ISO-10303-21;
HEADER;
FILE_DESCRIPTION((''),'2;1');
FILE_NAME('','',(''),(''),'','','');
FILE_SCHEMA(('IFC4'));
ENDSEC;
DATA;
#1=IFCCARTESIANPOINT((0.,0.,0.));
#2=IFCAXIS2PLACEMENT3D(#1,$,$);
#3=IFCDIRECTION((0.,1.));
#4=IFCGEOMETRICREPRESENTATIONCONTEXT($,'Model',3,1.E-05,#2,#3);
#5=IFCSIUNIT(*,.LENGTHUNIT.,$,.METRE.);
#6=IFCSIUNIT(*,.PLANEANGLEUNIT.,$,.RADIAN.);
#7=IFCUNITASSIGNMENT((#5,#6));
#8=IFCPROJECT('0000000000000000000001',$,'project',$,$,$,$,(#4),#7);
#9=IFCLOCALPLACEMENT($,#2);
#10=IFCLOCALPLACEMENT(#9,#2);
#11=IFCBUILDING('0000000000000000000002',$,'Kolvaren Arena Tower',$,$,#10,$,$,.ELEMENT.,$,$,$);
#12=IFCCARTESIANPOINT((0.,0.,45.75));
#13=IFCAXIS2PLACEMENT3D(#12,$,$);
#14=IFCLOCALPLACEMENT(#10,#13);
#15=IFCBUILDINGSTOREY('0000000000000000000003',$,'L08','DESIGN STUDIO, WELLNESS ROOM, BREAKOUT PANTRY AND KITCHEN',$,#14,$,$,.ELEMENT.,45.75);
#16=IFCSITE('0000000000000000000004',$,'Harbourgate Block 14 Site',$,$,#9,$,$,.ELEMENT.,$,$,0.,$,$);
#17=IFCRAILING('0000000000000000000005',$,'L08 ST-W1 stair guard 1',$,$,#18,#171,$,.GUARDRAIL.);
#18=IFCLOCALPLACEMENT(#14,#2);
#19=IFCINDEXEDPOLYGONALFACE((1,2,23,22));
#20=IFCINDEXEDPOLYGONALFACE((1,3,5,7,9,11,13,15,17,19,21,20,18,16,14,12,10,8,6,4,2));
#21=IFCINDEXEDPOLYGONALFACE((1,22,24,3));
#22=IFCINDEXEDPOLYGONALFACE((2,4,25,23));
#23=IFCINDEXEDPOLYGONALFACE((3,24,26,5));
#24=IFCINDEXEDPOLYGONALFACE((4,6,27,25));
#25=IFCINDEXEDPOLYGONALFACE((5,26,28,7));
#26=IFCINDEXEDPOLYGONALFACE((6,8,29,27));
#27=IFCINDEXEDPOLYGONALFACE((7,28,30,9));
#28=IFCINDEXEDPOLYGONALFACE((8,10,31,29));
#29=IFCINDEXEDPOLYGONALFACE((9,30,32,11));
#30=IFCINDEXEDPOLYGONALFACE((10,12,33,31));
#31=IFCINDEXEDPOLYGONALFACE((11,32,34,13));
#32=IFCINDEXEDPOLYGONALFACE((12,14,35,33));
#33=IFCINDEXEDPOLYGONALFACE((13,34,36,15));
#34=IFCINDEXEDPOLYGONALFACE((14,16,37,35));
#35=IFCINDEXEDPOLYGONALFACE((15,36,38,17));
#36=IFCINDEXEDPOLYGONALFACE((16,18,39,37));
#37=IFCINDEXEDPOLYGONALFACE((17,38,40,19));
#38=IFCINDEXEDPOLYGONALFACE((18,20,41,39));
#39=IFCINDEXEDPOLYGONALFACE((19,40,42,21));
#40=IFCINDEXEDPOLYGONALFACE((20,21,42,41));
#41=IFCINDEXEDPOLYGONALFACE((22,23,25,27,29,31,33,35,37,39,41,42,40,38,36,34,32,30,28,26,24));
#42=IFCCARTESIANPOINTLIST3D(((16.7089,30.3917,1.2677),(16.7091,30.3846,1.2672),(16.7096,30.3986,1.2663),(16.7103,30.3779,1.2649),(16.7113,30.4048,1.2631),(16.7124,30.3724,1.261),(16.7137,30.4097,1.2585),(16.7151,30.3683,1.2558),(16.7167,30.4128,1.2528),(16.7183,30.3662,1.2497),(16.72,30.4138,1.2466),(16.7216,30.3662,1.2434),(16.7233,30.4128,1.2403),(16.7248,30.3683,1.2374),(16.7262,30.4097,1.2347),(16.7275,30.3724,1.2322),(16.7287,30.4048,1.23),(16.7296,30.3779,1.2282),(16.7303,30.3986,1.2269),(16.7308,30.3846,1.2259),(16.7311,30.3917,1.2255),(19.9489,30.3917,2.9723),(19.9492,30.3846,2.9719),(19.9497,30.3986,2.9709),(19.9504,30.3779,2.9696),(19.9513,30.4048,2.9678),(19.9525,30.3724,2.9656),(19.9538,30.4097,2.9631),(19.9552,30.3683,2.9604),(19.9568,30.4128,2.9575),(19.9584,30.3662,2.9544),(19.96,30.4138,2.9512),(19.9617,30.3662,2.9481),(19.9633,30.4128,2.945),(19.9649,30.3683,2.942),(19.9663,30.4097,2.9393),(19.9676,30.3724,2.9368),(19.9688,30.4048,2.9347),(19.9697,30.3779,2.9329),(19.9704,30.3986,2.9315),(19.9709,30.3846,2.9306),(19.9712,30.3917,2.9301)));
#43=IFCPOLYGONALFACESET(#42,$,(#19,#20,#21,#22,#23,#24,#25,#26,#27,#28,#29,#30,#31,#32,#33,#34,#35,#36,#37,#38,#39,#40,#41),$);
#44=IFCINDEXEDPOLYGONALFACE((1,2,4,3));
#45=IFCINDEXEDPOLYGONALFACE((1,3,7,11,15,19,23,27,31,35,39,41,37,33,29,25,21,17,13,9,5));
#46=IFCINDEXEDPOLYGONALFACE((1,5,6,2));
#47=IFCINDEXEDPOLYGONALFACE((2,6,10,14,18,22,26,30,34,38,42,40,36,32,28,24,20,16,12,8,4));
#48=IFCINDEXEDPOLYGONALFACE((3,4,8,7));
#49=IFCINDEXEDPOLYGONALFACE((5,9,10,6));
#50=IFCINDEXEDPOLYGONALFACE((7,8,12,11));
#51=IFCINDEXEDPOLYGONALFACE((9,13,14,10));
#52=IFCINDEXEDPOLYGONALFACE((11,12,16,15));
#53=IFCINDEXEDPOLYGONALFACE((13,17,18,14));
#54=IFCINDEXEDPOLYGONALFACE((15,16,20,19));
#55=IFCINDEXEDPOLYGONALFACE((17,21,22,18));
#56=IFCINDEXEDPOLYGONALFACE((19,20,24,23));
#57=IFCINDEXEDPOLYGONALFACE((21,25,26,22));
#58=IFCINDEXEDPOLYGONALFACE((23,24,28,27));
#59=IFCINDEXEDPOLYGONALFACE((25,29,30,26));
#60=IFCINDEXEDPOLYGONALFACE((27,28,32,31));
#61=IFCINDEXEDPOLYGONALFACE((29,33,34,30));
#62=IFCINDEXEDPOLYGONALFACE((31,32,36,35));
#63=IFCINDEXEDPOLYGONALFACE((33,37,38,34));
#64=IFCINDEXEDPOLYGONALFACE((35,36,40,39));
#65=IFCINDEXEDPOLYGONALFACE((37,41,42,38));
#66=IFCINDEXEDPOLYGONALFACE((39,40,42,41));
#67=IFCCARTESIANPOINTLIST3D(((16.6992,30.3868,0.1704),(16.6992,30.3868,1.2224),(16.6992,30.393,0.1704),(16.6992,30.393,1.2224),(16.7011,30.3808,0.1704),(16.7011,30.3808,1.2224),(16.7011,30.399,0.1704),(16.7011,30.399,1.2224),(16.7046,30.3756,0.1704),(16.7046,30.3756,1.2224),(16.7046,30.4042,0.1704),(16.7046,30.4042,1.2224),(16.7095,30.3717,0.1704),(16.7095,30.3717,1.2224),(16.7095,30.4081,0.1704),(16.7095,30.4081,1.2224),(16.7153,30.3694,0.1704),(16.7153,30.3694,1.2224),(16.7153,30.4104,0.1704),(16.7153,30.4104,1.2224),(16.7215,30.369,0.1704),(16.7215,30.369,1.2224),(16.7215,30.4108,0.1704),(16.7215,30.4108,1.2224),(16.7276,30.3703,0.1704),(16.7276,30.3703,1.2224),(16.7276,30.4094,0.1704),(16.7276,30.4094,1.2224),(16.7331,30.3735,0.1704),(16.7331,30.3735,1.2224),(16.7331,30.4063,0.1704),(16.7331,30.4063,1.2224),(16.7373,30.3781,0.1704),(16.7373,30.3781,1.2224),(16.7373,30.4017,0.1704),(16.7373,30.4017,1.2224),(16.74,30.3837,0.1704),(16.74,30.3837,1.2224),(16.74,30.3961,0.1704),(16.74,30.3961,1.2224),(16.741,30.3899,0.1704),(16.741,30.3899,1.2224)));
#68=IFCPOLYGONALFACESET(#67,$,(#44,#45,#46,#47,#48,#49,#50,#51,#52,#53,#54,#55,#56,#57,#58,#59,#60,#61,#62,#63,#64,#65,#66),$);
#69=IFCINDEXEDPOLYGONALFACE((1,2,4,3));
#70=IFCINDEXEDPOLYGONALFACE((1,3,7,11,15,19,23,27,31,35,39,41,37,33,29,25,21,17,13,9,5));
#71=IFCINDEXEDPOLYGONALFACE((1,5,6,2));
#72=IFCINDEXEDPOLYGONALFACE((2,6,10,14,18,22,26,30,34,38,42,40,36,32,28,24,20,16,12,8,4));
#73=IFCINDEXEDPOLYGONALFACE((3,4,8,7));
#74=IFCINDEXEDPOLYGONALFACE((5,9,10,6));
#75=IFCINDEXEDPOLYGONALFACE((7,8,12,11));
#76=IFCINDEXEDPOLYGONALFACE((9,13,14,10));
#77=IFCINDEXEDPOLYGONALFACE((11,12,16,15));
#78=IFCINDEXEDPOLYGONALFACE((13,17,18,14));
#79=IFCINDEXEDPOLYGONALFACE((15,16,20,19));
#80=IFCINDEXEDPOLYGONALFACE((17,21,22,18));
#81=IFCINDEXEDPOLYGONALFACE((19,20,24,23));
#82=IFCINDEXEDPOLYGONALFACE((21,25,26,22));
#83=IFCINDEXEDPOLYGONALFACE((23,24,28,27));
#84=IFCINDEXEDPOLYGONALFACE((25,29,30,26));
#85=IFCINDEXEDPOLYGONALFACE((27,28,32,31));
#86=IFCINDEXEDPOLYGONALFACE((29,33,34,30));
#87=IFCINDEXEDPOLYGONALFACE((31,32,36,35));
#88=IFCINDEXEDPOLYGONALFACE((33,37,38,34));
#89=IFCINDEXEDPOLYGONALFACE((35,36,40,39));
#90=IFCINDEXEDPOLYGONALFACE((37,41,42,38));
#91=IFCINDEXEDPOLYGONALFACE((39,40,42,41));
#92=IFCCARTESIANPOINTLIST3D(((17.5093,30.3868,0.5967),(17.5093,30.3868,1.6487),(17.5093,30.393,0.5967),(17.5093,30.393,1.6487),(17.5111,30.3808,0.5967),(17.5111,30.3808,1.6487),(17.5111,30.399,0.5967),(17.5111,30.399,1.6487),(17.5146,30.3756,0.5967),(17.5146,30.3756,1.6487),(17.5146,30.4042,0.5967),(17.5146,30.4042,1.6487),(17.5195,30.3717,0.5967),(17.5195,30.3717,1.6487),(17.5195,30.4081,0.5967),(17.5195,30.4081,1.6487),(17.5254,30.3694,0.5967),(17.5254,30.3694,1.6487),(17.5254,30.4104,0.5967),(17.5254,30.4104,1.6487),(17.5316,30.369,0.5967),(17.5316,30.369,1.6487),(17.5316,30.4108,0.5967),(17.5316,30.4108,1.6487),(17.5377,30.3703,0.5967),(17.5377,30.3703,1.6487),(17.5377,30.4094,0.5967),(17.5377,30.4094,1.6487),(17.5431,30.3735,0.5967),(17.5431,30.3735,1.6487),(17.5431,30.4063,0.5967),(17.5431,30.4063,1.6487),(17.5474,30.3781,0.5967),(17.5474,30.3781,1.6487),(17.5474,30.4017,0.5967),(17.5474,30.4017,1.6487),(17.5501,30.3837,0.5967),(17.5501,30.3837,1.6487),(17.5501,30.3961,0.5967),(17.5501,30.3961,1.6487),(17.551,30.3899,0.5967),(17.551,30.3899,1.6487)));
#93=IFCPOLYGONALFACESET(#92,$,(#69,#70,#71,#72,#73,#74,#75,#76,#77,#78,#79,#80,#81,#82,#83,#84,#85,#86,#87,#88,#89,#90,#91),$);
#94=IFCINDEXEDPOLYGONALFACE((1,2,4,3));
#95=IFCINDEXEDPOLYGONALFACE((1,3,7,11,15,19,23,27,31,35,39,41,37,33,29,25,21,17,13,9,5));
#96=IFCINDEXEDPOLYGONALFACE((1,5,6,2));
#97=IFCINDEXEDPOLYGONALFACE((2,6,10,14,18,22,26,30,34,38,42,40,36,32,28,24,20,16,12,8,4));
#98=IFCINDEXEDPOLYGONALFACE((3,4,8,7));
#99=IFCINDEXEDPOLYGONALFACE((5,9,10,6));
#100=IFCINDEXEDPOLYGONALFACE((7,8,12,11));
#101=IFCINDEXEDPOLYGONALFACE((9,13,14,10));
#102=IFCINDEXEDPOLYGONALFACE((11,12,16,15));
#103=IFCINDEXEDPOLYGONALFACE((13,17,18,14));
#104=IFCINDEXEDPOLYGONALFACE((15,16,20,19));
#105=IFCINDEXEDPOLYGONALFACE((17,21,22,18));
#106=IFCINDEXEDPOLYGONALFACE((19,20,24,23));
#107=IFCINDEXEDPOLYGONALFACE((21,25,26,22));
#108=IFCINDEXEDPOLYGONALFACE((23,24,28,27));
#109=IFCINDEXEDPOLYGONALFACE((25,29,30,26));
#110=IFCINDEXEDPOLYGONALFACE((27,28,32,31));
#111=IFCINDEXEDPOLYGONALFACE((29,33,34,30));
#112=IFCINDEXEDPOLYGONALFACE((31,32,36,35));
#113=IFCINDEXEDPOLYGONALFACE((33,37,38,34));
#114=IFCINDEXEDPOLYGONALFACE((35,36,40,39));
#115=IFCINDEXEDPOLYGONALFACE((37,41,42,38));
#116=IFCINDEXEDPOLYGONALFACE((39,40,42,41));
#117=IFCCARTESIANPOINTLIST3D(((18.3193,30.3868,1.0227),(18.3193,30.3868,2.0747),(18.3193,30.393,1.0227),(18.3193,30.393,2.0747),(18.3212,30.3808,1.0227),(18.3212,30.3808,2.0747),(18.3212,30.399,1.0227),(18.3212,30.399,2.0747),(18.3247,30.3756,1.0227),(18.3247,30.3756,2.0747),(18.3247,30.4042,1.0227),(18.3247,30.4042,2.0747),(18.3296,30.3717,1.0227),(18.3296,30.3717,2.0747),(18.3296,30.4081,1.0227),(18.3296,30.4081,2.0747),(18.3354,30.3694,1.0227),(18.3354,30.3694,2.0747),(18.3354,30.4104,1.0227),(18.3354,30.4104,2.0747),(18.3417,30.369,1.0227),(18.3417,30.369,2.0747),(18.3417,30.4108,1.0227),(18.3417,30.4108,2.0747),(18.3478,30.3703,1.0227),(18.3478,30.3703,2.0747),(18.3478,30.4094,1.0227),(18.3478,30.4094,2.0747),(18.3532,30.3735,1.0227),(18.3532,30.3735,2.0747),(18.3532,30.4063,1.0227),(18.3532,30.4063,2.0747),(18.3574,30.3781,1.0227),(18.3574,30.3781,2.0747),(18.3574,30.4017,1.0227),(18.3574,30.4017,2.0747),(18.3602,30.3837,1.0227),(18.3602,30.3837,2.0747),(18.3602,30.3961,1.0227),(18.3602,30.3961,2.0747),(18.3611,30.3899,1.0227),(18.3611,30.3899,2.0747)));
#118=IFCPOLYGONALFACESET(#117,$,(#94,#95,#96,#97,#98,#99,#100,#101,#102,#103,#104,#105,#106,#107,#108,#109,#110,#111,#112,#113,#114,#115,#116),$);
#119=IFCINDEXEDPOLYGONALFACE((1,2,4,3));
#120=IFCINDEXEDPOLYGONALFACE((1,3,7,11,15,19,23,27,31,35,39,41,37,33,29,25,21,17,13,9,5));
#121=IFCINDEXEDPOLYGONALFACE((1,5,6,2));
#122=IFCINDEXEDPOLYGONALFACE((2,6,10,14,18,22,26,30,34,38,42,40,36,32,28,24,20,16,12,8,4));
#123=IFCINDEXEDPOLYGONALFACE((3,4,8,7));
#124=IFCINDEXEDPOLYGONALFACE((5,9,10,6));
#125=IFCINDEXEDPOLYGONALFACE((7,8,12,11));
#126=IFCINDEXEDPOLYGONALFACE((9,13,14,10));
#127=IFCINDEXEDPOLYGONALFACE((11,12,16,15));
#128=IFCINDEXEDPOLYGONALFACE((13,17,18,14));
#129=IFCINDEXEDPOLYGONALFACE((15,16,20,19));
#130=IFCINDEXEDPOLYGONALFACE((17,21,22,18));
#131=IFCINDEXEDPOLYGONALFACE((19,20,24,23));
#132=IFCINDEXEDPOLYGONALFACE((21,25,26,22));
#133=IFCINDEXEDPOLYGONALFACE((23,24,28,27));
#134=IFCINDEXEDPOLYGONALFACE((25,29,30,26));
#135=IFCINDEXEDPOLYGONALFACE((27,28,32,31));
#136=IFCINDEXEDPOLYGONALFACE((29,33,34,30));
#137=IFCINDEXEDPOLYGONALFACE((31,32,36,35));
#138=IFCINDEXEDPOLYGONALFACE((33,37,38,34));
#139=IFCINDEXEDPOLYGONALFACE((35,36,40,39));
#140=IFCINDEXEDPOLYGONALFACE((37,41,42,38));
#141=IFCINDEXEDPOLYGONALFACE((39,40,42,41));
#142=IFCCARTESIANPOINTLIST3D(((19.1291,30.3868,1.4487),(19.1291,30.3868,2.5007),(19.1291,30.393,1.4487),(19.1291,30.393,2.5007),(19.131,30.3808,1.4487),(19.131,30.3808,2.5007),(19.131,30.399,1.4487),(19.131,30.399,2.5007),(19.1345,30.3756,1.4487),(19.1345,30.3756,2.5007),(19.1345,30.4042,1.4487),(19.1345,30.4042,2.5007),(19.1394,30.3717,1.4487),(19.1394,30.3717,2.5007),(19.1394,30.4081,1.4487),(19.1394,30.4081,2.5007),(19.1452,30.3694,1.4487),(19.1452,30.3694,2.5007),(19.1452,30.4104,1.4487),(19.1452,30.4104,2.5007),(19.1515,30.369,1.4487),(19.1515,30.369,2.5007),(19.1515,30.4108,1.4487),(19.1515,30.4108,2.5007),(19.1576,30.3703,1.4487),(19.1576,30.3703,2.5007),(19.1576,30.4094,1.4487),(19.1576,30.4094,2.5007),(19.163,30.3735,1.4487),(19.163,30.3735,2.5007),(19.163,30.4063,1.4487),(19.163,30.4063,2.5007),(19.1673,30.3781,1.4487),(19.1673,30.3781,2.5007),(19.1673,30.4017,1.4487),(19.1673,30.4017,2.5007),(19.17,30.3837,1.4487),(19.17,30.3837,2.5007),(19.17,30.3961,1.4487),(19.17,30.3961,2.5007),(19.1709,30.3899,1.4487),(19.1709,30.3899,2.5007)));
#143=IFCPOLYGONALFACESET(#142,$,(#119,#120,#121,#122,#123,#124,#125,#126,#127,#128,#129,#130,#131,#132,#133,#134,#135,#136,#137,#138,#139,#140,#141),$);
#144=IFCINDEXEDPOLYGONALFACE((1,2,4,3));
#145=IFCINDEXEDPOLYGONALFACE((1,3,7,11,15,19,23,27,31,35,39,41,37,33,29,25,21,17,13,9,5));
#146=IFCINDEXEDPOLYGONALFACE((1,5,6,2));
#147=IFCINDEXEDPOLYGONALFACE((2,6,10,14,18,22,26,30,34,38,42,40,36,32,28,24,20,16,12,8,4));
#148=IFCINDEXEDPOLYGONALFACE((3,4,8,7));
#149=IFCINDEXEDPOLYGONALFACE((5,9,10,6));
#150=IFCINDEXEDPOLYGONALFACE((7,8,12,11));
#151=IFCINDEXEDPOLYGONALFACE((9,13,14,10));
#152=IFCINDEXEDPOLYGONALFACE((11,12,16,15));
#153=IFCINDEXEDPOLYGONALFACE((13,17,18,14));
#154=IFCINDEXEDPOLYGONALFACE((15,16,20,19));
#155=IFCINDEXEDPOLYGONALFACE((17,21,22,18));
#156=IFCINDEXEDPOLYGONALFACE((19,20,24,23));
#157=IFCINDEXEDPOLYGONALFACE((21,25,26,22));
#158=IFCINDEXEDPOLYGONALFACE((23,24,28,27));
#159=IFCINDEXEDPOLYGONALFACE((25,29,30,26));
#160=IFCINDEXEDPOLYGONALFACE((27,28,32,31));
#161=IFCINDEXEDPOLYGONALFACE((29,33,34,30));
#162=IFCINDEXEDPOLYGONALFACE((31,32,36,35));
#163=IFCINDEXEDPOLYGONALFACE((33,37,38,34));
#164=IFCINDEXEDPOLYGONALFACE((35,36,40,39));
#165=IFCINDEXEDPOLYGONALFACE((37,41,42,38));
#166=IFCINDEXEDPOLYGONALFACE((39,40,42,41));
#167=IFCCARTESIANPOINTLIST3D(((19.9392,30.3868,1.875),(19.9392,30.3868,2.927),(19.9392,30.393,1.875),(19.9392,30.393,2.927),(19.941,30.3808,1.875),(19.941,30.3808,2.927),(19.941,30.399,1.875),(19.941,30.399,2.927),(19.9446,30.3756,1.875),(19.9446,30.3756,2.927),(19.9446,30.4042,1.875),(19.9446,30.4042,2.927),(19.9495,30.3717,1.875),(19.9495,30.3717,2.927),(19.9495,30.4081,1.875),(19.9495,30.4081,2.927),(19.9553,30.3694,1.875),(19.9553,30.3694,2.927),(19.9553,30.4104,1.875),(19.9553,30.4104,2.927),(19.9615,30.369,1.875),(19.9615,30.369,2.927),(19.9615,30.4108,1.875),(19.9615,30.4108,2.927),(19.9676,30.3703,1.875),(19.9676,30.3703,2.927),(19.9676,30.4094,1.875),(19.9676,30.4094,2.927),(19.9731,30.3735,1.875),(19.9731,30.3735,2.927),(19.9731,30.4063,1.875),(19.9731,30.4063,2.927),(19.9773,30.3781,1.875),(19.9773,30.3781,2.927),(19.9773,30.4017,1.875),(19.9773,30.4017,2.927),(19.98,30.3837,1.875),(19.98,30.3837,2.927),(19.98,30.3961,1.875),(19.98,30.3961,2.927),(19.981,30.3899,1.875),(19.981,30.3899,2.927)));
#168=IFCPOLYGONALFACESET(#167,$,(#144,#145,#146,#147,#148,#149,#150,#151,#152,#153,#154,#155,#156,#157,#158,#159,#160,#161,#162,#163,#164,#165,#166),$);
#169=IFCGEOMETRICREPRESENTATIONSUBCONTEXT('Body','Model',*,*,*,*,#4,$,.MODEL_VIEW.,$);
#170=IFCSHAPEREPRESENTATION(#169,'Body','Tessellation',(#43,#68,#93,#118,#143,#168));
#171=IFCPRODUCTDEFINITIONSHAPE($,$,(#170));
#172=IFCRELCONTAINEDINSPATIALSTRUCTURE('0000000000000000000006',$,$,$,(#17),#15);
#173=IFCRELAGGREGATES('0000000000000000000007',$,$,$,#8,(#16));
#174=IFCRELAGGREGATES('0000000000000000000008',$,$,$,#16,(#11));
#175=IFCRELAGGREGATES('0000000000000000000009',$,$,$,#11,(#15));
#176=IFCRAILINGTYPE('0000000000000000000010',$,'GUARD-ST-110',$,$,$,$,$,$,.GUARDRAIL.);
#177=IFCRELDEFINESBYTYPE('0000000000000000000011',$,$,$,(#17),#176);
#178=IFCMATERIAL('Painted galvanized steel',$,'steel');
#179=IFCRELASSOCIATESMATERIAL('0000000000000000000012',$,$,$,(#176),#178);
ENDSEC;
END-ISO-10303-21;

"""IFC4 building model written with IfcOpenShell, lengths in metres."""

from ifc_helpers import new_model, si_unit, direction, frame, origin, origin_2d, place, context, subcontext, project, spatial, circle, extrude, material, type_object, element, save


model = new_model("IFC4")

# Units and contexts
model_context = context("Model", 3, precision=1e-05, world=origin(), true_north=direction((0.0, 1.0)))
body_context = subcontext(model_context, "Body", "Model", "MODEL_VIEW")
ifc_project = project(units=[si_unit("LENGTHUNIT", "METRE"), si_unit("PLANEANGLEUNIT", "RADIAN")], contexts=[model_context])

# Site, building, storey
site_placement = place(None, origin())
site = spatial("IfcSite", under=ifc_project, at=site_placement, Name="Harbourgate Block 14 Site", CompositionType="ELEMENT", RefElevation=0.0)
building_placement = place(site_placement, origin())
building = spatial("IfcBuilding", under=site, at=building_placement, Name="Kolvaren Arena Tower", CompositionType="ELEMENT")
storey_placement = place(building_placement, frame((0.0, 0.0, 45.75)))
storey = spatial("IfcBuildingStorey", under=building, at=storey_placement, Name="L08", Description="DESIGN STUDIO, WELLNESS ROOM, BREAKOUT PANTRY AND KITCHEN", CompositionType="ELEMENT", Elevation=45.75)

# Railing
ifc_material_1 = material(Name="Painted galvanized steel", Category="steel")
railing_type = type_object("IfcRailingType", Name="GUARD-ST-110", PredefinedType="GUARDRAIL", material=ifc_material_1)
railing_1_placement = place(storey_placement, frame((16.72, 30.3899, 0.1704)))
element("IfcRailing", 1, at=railing_1_placement, inside=storey, type_object=railing_type, Name="L08 ST-W1 stair guard 1", PredefinedType="GUARDRAIL", context=body_context, shape_type="SweptSolid", body=[
    extrude(circle(Radius=0.0239, at=origin_2d()), frame((0.0, 0.0, 1.0762), z_axis=(0.884993, 0.0, 0.465604), x_axis=(0.0, 1.0, 0.0)), (0.0, 0.0, 1.0), 3.6611),
    extrude(circle(Radius=0.021, at=origin_2d()), origin(), (0.0, 0.0, 1.0), 1.052),
    extrude(circle(Radius=0.021, at=origin_2d()), frame((0.8101, 0.0, 0.4263)), (0.0, 0.0, 1.0), 1.052),
    extrude(circle(Radius=0.021, at=origin_2d()), frame((1.6201, 0.0, 0.8523)), (0.0, 0.0, 1.0), 1.052),
    extrude(circle(Radius=0.021, at=origin_2d()), frame((2.4299, 0.0, 1.2783)), (0.0, 0.0, 1.0), 1.052),
    extrude(circle(Radius=0.021, at=origin_2d()), frame((3.24, 0.0, 1.7046)), (0.0, 0.0, 1.0), 1.052),
])

save(model, "model.ifc")
